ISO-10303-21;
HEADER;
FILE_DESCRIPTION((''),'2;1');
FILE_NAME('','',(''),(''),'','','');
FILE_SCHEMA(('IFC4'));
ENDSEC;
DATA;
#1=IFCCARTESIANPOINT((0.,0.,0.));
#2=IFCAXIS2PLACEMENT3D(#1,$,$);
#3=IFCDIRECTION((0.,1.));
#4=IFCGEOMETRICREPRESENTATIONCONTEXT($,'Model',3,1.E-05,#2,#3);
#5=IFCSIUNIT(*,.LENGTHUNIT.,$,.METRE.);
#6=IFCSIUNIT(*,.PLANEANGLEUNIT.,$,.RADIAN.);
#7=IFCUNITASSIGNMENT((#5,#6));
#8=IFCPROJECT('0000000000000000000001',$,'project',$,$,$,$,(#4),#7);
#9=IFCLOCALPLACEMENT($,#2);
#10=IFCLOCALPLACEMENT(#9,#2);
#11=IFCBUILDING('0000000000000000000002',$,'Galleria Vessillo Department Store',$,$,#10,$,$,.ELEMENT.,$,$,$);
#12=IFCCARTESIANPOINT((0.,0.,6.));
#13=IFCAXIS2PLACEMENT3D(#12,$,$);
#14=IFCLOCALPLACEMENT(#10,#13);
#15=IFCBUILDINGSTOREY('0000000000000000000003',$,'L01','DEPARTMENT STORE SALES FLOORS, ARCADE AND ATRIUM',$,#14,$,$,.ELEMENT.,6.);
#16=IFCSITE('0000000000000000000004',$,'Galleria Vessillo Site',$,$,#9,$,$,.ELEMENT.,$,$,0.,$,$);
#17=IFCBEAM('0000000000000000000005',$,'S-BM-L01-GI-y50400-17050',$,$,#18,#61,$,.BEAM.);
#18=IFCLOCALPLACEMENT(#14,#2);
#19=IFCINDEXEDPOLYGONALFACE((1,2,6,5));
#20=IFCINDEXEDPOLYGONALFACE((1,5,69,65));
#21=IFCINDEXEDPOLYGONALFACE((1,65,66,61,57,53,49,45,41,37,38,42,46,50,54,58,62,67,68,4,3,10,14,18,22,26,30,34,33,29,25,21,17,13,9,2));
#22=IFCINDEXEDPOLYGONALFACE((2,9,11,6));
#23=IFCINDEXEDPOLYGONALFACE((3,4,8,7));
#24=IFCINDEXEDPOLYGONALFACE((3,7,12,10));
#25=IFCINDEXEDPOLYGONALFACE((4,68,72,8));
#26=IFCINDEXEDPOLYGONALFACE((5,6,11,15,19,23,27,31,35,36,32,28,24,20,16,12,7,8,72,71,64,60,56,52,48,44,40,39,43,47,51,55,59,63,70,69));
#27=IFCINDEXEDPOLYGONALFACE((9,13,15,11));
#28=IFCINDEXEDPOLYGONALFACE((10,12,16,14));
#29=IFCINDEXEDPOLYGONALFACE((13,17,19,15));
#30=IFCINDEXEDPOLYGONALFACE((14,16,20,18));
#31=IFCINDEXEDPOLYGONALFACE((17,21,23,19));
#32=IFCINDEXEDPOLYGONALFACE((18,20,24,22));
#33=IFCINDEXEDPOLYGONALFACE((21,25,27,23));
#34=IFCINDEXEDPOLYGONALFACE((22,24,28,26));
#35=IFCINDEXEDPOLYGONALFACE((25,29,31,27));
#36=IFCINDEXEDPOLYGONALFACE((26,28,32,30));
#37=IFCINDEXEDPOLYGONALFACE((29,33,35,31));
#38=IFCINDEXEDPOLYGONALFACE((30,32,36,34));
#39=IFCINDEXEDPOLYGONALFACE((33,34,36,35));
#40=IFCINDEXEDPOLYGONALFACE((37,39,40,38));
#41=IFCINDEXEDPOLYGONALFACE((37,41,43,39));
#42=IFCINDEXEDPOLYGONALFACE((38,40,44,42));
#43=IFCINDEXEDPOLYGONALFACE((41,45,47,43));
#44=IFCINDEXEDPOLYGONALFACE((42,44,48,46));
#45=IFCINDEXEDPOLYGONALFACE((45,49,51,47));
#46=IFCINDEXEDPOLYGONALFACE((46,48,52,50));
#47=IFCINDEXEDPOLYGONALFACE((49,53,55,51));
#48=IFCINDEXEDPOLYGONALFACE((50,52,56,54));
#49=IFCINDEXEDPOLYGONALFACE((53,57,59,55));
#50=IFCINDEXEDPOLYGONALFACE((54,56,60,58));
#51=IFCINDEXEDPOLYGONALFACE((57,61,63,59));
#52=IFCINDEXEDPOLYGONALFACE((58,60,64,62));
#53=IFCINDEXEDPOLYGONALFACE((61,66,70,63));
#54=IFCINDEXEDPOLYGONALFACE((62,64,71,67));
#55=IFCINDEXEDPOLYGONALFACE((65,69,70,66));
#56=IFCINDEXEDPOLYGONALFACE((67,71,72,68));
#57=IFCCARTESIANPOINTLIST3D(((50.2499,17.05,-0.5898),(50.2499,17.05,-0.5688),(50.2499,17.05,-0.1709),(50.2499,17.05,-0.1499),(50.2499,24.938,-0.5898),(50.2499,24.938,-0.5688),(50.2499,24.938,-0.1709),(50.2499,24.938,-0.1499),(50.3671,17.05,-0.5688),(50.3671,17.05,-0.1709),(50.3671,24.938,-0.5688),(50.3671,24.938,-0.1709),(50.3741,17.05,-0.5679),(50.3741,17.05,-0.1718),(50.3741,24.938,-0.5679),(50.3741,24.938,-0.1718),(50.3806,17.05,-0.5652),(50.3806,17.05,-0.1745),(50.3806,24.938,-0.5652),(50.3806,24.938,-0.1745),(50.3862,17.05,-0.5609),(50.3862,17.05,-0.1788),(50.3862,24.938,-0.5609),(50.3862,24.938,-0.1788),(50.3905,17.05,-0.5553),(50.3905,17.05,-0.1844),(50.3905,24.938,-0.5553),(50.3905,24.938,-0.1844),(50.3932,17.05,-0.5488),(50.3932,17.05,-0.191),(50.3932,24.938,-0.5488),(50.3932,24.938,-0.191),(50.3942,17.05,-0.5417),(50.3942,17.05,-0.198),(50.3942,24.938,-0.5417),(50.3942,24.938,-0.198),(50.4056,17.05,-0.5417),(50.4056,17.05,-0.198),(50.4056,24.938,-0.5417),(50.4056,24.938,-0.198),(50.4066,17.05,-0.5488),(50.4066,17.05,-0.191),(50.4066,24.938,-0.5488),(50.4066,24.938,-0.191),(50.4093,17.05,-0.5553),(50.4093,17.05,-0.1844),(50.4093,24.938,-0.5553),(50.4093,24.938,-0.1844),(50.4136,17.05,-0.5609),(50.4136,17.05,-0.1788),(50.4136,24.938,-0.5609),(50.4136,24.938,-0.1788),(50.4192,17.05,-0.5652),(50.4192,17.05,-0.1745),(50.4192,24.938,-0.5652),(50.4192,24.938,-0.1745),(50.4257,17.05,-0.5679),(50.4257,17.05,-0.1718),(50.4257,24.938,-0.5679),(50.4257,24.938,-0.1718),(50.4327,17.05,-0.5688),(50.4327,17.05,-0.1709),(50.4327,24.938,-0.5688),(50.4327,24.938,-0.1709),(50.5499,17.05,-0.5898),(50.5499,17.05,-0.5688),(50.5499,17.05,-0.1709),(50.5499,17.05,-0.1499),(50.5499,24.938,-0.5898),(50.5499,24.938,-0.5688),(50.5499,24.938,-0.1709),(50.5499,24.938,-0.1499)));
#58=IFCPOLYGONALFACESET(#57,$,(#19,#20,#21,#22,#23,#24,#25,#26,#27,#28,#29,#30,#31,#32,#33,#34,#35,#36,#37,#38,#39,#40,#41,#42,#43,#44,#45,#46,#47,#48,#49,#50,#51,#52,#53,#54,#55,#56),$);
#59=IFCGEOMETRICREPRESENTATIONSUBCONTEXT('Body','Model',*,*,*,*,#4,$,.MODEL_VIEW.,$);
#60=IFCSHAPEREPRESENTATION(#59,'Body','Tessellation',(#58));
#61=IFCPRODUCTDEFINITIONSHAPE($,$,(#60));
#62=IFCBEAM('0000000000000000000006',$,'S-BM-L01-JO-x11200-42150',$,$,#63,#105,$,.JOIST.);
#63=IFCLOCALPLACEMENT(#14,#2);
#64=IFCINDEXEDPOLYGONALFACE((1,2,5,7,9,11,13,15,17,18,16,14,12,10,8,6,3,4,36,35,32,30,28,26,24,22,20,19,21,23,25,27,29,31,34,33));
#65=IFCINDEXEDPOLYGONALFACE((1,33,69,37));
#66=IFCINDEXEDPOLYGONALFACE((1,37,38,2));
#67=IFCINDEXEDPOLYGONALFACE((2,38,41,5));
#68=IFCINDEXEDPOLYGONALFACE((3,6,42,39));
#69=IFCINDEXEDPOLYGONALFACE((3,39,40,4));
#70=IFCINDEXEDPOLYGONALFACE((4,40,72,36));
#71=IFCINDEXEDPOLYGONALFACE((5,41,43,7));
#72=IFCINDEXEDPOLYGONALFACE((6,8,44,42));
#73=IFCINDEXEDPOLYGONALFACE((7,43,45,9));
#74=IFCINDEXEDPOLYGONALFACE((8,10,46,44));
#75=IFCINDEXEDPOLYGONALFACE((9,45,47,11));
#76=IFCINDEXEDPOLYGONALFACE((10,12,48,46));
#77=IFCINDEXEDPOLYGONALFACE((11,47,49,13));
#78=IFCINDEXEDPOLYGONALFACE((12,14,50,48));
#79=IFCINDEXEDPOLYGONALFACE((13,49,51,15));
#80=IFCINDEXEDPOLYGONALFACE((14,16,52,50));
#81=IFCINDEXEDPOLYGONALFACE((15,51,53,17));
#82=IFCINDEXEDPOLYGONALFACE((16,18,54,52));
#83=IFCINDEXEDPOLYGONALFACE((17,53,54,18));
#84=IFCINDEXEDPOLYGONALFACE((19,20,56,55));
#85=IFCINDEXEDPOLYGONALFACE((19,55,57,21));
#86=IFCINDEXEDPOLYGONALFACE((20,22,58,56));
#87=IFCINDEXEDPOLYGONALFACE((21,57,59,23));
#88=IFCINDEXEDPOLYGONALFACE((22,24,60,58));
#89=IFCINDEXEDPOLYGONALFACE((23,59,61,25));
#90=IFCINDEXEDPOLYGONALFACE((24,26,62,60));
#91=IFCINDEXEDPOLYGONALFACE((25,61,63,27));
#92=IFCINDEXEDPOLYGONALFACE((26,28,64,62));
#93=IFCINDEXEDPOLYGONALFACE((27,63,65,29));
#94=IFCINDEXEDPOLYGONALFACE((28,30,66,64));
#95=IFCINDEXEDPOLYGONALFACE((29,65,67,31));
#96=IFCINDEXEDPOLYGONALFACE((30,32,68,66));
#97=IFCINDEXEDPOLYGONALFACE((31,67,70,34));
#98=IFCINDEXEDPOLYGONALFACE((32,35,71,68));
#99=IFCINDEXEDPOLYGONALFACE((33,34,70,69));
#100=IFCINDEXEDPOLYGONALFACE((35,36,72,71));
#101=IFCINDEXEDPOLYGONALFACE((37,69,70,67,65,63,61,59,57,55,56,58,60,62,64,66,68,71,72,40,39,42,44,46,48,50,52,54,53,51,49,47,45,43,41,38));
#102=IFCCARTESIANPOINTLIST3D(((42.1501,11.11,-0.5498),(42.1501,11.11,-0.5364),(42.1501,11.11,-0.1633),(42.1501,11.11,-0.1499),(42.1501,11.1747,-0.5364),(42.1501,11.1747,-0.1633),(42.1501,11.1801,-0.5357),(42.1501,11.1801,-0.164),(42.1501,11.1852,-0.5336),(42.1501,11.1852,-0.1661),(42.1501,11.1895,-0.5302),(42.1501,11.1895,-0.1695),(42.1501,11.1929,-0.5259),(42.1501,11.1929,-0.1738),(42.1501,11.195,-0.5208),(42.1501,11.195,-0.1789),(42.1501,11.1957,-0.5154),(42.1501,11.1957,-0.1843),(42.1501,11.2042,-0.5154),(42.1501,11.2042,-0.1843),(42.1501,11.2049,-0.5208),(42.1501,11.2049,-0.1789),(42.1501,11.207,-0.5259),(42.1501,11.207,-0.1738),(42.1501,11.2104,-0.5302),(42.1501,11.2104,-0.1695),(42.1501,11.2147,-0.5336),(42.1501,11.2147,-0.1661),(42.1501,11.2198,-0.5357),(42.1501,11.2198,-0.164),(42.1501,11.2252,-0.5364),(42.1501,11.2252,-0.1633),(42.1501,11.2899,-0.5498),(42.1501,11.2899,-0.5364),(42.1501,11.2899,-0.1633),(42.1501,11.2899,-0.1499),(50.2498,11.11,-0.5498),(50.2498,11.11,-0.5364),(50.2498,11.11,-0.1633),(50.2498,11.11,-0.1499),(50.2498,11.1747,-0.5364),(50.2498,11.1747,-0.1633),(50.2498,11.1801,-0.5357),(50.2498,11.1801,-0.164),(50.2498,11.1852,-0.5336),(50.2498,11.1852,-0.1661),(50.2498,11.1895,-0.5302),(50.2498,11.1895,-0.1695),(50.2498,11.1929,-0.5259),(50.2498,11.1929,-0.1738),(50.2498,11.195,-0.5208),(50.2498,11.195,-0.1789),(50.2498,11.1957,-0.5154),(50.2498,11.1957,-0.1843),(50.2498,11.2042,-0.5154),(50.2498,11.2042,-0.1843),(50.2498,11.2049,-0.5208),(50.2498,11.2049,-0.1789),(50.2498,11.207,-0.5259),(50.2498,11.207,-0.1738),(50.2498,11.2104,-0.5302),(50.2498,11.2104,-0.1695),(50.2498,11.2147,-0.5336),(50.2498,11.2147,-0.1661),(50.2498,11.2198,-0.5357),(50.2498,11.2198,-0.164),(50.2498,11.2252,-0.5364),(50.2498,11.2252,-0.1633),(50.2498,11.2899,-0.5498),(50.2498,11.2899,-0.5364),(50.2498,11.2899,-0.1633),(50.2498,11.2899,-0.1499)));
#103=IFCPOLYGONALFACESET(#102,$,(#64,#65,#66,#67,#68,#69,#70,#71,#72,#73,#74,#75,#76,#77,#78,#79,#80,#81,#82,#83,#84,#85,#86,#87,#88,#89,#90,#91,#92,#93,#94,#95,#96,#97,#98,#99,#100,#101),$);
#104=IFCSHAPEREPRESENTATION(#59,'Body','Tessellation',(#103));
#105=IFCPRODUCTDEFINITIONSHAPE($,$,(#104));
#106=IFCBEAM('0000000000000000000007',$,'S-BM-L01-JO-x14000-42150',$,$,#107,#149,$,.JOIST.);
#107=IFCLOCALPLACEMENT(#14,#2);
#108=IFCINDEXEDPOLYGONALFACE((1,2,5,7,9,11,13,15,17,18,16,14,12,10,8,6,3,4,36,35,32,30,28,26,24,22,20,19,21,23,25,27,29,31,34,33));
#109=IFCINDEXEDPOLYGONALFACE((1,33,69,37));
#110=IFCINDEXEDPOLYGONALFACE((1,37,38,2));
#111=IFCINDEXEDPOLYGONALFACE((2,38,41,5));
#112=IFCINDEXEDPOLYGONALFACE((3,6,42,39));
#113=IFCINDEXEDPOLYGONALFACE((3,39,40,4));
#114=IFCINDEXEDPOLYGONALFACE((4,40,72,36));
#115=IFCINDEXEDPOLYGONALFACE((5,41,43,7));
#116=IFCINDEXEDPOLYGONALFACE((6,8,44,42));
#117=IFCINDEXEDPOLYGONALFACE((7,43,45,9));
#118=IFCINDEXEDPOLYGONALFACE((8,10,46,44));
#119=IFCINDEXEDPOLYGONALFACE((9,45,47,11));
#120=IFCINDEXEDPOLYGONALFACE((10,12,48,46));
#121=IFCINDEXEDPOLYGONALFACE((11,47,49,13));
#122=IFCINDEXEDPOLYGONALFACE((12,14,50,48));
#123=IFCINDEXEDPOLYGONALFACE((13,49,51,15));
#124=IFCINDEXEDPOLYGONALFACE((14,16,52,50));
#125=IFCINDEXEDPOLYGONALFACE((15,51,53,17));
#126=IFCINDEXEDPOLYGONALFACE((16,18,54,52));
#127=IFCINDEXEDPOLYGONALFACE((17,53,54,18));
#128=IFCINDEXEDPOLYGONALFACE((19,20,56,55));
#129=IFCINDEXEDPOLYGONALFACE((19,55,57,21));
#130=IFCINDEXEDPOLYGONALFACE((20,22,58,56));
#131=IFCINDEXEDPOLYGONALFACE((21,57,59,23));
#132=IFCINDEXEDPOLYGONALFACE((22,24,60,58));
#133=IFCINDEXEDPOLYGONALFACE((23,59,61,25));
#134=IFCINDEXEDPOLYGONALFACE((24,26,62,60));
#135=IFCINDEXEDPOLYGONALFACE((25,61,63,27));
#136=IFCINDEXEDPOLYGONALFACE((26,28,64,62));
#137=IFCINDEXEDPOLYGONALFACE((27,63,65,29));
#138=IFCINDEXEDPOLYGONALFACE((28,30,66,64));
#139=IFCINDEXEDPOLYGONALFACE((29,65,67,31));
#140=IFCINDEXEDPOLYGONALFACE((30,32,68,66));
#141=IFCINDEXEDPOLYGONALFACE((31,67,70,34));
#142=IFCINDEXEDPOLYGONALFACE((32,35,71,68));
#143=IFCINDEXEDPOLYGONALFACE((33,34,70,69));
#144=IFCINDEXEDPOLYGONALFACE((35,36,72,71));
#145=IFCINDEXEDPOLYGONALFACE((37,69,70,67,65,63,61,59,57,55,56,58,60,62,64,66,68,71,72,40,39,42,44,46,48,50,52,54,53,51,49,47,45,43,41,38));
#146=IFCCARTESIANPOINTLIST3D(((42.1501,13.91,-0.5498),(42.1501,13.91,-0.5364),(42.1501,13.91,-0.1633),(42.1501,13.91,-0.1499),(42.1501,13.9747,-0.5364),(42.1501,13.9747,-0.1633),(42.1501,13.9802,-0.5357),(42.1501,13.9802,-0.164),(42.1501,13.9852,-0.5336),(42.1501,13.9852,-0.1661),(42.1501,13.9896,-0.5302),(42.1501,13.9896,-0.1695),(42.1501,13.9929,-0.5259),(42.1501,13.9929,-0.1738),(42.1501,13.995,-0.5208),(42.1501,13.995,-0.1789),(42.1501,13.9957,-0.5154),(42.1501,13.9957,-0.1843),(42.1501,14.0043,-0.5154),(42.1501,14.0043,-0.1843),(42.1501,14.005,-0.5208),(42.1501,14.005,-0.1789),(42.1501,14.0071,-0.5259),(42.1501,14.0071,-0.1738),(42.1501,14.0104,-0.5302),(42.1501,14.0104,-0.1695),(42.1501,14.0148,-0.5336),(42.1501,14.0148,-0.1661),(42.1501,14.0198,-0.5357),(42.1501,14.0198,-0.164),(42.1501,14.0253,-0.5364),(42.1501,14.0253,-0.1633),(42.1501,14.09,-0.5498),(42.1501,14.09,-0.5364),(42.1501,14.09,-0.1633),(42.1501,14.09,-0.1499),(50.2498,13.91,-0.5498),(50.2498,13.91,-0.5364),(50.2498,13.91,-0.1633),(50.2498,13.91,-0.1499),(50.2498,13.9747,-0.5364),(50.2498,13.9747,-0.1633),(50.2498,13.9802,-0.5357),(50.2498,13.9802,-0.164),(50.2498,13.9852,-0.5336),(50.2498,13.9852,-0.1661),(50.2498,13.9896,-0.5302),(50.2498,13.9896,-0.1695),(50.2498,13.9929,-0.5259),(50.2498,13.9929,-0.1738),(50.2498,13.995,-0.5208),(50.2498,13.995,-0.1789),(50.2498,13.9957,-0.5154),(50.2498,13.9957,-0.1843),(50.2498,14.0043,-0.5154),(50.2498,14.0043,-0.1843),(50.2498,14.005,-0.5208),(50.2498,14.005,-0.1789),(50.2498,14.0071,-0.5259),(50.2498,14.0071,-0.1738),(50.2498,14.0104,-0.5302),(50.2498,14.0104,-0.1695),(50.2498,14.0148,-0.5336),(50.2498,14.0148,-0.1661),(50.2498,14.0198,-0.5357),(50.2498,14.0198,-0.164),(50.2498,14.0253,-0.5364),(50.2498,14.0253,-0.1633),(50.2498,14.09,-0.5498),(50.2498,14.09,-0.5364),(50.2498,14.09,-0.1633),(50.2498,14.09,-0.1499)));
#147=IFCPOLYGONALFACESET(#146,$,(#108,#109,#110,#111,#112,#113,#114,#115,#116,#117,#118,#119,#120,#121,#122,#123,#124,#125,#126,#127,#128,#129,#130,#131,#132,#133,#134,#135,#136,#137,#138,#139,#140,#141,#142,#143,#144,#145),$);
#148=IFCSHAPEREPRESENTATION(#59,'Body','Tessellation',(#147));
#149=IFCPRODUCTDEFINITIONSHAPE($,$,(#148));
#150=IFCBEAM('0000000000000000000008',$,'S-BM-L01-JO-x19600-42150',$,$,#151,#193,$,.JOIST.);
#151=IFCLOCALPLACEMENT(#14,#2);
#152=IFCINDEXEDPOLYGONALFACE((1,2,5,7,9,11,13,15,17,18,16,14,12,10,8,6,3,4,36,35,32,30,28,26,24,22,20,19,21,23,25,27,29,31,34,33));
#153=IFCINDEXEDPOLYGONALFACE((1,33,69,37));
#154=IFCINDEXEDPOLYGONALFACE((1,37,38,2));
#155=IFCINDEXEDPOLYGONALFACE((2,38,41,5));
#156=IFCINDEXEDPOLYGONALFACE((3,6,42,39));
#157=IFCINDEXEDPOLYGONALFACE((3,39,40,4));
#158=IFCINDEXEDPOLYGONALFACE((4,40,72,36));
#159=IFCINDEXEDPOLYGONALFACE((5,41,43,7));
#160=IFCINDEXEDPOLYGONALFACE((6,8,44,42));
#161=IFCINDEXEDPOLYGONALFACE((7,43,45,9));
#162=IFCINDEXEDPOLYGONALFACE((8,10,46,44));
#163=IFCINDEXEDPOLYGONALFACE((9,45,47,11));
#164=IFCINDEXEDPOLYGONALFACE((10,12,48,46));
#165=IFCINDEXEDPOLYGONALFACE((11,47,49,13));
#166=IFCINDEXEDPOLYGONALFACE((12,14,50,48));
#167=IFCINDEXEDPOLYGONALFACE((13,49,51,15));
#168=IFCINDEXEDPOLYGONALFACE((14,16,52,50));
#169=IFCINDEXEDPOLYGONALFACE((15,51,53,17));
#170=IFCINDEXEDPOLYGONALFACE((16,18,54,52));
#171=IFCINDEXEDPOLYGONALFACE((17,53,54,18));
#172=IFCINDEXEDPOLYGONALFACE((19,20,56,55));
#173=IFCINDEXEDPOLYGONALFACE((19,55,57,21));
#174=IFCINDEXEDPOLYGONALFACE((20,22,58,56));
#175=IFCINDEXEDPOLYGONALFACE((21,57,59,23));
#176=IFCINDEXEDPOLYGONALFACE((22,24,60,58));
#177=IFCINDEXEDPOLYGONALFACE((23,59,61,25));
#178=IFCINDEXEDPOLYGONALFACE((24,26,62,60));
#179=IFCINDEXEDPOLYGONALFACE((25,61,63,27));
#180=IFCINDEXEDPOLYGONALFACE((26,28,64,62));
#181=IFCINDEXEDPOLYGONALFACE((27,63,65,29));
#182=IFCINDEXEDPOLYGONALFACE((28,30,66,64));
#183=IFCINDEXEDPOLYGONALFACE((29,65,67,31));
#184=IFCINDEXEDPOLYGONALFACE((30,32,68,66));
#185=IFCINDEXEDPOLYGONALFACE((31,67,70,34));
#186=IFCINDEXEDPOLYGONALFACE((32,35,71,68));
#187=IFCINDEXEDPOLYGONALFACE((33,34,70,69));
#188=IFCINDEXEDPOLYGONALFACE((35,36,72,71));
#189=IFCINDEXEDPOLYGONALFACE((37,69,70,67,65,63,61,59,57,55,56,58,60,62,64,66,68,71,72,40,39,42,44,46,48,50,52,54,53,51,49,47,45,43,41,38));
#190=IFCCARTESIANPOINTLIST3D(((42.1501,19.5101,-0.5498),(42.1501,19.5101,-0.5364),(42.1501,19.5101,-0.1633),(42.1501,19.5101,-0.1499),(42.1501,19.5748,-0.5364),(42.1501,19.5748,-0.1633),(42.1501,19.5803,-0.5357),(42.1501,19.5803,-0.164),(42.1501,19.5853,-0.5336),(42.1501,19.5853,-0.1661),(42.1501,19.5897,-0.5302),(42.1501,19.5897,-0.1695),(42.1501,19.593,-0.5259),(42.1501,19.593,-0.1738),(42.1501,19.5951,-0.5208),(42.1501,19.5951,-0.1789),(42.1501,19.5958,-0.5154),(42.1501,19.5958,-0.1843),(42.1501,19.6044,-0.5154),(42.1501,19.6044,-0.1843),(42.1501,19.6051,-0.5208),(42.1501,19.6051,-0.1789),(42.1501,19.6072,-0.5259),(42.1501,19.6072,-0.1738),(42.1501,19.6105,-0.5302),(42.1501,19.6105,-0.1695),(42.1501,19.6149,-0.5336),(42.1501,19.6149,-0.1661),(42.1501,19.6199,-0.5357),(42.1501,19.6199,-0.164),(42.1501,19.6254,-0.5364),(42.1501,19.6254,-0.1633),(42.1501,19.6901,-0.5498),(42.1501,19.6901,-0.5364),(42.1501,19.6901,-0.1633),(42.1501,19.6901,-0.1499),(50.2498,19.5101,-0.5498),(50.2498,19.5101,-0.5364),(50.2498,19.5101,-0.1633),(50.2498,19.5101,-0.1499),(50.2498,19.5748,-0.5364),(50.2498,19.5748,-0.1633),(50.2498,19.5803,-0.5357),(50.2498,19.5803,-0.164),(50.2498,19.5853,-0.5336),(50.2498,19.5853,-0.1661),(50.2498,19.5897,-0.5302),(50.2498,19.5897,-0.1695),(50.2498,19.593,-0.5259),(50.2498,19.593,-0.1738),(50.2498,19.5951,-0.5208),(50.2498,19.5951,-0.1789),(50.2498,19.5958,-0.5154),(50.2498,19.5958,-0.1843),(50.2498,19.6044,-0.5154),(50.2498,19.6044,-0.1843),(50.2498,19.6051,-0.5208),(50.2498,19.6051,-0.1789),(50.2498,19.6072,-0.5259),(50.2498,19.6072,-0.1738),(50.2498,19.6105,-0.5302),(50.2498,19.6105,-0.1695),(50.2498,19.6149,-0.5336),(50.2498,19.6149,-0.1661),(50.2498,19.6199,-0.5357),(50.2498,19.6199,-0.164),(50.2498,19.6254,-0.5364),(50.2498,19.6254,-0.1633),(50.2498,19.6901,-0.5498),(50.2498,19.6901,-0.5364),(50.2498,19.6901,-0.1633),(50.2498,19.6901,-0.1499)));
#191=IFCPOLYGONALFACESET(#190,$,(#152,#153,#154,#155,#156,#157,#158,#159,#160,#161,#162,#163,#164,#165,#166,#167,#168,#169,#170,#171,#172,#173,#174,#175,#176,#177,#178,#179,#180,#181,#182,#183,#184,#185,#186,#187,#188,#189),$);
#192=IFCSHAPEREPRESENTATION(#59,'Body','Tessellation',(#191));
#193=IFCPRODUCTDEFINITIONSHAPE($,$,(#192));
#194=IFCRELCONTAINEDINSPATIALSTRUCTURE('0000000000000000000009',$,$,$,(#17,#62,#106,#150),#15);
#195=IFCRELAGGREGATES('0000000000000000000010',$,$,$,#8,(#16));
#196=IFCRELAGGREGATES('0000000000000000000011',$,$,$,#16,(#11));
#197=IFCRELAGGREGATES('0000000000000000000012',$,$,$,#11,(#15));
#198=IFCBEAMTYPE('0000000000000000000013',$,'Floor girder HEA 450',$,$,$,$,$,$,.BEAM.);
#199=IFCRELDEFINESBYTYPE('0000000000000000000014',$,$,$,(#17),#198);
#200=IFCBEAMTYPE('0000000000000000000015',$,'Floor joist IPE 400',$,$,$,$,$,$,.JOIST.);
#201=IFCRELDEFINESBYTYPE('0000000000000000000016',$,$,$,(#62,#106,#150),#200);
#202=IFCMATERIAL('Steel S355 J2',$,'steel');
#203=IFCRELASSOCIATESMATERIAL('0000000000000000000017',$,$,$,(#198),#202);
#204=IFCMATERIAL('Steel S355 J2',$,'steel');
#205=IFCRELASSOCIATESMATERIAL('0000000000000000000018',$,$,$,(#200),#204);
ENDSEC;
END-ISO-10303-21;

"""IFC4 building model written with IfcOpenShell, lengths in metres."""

from ifc_helpers import new_model, si_unit, direction, frame, origin, origin_2d, place, context, subcontext, project, spatial, i_section, extrude, material, material_profile, profile_set, type_object, element, save


model = new_model("IFC4")

# Units and contexts
model_context = context("Model", 3, precision=1e-05, world=origin(), true_north=direction((0.0, 1.0)))
body_context = subcontext(model_context, "Body", "Model", "MODEL_VIEW")
ifc_project = project(units=[si_unit("LENGTHUNIT", "METRE"), si_unit("PLANEANGLEUNIT", "RADIAN")], contexts=[model_context])

# Site, building, storey
site_placement = place(None, origin())
site = spatial("IfcSite", under=ifc_project, at=site_placement, Name="Galleria Vessillo Site", CompositionType="ELEMENT", RefElevation=0.0)
building_placement = place(site_placement, origin())
building = spatial("IfcBuilding", under=site, at=building_placement, Name="Galleria Vessillo Department Store", CompositionType="ELEMENT")
storey_placement = place(building_placement, frame((0.0, 0.0, 6.0)))
storey = spatial("IfcBuildingStorey", under=building, at=storey_placement, Name="L01", Description="DEPARTMENT STORE SALES FLOORS, ARCADE AND ATRIUM", CompositionType="ELEMENT", Elevation=6.0)

# Beams
ifc_material_1 = material(Name="Steel S355 J2", Category="steel")
ifc_material_profile_1 = material_profile(ifc_material_1, i_section(OverallWidth=0.3, OverallDepth=0.4399, WebThickness=0.0115, FlangeThickness=0.021, FilletRadius=0.0271, at=origin_2d()), Name="HEA 450")
ifc_profile_set_1 = profile_set([ifc_material_profile_1], Name="Steel S355 J2")
beam_type_1 = type_object("IfcBeamType", Name="Floor girder HEA 450", PredefinedType="BEAM", material=ifc_profile_set_1)
beam_1_placement = place(storey_placement, frame((50.3999, 17.05, -0.3699), z_axis=(0.0, 1.0, 0.0), x_axis=(-1.0, 0.0, 0.0)))
element("IfcBeam", 1, at=beam_1_placement, inside=storey, type_object=beam_type_1, Name="S-BM-L01-GI-y50400-17050", PredefinedType="BEAM", context=body_context, shape_type="SweptSolid", body=[
    extrude(i_section(OverallWidth=0.3, OverallDepth=0.4399, WebThickness=0.0115, FlangeThickness=0.021, FilletRadius=0.0271, at=origin_2d()), origin(), (0.0, 0.0, 1.0), 7.8879),
])
ifc_material_2 = material(Name="Steel S355 J2", Category="steel")
ifc_material_profile_2 = material_profile(ifc_material_2, i_section(OverallWidth=0.1799, OverallDepth=0.3999, WebThickness=0.0085, FlangeThickness=0.0134, FilletRadius=0.021, at=origin_2d()), Name="IPE 400")
ifc_profile_set_2 = profile_set([ifc_material_profile_2], Name="Steel S355 J2")
beam_type_2 = type_object("IfcBeamType", Name="Floor joist IPE 400", PredefinedType="JOIST", material=ifc_profile_set_2)
for number, where, z_axis, x_axis, name in (
    (2, (42.1501, 11.2, -0.3499), (1.0, 0.0, 0.0), (0.0, 1.0, 0.0), "S-BM-L01-JO-x11200-42150"),
    (3, (42.1501, 14.0, -0.3499), (1.0, 0.0, 0.0), (0.0, 1.0, 0.0), "S-BM-L01-JO-x14000-42150"),
    (4, (42.1501, 19.6001, -0.3499), (1.0, 0.0, 0.0), (0.0, 1.0, 0.0), "S-BM-L01-JO-x19600-42150"),
):
    element("IfcBeam", number, at=place(storey_placement, frame(where, z_axis=z_axis, x_axis=x_axis)), inside=storey, type_object=beam_type_2, Name=name, PredefinedType="JOIST", context=body_context, shape_type="SweptSolid", body=[
        extrude(i_section(OverallWidth=0.1799, OverallDepth=0.3999, WebThickness=0.0085, FlangeThickness=0.0134, FilletRadius=0.021, at=origin_2d()), origin(), (0.0, 0.0, 1.0), 8.0996),
    ])

save(model, "model.ifc")
